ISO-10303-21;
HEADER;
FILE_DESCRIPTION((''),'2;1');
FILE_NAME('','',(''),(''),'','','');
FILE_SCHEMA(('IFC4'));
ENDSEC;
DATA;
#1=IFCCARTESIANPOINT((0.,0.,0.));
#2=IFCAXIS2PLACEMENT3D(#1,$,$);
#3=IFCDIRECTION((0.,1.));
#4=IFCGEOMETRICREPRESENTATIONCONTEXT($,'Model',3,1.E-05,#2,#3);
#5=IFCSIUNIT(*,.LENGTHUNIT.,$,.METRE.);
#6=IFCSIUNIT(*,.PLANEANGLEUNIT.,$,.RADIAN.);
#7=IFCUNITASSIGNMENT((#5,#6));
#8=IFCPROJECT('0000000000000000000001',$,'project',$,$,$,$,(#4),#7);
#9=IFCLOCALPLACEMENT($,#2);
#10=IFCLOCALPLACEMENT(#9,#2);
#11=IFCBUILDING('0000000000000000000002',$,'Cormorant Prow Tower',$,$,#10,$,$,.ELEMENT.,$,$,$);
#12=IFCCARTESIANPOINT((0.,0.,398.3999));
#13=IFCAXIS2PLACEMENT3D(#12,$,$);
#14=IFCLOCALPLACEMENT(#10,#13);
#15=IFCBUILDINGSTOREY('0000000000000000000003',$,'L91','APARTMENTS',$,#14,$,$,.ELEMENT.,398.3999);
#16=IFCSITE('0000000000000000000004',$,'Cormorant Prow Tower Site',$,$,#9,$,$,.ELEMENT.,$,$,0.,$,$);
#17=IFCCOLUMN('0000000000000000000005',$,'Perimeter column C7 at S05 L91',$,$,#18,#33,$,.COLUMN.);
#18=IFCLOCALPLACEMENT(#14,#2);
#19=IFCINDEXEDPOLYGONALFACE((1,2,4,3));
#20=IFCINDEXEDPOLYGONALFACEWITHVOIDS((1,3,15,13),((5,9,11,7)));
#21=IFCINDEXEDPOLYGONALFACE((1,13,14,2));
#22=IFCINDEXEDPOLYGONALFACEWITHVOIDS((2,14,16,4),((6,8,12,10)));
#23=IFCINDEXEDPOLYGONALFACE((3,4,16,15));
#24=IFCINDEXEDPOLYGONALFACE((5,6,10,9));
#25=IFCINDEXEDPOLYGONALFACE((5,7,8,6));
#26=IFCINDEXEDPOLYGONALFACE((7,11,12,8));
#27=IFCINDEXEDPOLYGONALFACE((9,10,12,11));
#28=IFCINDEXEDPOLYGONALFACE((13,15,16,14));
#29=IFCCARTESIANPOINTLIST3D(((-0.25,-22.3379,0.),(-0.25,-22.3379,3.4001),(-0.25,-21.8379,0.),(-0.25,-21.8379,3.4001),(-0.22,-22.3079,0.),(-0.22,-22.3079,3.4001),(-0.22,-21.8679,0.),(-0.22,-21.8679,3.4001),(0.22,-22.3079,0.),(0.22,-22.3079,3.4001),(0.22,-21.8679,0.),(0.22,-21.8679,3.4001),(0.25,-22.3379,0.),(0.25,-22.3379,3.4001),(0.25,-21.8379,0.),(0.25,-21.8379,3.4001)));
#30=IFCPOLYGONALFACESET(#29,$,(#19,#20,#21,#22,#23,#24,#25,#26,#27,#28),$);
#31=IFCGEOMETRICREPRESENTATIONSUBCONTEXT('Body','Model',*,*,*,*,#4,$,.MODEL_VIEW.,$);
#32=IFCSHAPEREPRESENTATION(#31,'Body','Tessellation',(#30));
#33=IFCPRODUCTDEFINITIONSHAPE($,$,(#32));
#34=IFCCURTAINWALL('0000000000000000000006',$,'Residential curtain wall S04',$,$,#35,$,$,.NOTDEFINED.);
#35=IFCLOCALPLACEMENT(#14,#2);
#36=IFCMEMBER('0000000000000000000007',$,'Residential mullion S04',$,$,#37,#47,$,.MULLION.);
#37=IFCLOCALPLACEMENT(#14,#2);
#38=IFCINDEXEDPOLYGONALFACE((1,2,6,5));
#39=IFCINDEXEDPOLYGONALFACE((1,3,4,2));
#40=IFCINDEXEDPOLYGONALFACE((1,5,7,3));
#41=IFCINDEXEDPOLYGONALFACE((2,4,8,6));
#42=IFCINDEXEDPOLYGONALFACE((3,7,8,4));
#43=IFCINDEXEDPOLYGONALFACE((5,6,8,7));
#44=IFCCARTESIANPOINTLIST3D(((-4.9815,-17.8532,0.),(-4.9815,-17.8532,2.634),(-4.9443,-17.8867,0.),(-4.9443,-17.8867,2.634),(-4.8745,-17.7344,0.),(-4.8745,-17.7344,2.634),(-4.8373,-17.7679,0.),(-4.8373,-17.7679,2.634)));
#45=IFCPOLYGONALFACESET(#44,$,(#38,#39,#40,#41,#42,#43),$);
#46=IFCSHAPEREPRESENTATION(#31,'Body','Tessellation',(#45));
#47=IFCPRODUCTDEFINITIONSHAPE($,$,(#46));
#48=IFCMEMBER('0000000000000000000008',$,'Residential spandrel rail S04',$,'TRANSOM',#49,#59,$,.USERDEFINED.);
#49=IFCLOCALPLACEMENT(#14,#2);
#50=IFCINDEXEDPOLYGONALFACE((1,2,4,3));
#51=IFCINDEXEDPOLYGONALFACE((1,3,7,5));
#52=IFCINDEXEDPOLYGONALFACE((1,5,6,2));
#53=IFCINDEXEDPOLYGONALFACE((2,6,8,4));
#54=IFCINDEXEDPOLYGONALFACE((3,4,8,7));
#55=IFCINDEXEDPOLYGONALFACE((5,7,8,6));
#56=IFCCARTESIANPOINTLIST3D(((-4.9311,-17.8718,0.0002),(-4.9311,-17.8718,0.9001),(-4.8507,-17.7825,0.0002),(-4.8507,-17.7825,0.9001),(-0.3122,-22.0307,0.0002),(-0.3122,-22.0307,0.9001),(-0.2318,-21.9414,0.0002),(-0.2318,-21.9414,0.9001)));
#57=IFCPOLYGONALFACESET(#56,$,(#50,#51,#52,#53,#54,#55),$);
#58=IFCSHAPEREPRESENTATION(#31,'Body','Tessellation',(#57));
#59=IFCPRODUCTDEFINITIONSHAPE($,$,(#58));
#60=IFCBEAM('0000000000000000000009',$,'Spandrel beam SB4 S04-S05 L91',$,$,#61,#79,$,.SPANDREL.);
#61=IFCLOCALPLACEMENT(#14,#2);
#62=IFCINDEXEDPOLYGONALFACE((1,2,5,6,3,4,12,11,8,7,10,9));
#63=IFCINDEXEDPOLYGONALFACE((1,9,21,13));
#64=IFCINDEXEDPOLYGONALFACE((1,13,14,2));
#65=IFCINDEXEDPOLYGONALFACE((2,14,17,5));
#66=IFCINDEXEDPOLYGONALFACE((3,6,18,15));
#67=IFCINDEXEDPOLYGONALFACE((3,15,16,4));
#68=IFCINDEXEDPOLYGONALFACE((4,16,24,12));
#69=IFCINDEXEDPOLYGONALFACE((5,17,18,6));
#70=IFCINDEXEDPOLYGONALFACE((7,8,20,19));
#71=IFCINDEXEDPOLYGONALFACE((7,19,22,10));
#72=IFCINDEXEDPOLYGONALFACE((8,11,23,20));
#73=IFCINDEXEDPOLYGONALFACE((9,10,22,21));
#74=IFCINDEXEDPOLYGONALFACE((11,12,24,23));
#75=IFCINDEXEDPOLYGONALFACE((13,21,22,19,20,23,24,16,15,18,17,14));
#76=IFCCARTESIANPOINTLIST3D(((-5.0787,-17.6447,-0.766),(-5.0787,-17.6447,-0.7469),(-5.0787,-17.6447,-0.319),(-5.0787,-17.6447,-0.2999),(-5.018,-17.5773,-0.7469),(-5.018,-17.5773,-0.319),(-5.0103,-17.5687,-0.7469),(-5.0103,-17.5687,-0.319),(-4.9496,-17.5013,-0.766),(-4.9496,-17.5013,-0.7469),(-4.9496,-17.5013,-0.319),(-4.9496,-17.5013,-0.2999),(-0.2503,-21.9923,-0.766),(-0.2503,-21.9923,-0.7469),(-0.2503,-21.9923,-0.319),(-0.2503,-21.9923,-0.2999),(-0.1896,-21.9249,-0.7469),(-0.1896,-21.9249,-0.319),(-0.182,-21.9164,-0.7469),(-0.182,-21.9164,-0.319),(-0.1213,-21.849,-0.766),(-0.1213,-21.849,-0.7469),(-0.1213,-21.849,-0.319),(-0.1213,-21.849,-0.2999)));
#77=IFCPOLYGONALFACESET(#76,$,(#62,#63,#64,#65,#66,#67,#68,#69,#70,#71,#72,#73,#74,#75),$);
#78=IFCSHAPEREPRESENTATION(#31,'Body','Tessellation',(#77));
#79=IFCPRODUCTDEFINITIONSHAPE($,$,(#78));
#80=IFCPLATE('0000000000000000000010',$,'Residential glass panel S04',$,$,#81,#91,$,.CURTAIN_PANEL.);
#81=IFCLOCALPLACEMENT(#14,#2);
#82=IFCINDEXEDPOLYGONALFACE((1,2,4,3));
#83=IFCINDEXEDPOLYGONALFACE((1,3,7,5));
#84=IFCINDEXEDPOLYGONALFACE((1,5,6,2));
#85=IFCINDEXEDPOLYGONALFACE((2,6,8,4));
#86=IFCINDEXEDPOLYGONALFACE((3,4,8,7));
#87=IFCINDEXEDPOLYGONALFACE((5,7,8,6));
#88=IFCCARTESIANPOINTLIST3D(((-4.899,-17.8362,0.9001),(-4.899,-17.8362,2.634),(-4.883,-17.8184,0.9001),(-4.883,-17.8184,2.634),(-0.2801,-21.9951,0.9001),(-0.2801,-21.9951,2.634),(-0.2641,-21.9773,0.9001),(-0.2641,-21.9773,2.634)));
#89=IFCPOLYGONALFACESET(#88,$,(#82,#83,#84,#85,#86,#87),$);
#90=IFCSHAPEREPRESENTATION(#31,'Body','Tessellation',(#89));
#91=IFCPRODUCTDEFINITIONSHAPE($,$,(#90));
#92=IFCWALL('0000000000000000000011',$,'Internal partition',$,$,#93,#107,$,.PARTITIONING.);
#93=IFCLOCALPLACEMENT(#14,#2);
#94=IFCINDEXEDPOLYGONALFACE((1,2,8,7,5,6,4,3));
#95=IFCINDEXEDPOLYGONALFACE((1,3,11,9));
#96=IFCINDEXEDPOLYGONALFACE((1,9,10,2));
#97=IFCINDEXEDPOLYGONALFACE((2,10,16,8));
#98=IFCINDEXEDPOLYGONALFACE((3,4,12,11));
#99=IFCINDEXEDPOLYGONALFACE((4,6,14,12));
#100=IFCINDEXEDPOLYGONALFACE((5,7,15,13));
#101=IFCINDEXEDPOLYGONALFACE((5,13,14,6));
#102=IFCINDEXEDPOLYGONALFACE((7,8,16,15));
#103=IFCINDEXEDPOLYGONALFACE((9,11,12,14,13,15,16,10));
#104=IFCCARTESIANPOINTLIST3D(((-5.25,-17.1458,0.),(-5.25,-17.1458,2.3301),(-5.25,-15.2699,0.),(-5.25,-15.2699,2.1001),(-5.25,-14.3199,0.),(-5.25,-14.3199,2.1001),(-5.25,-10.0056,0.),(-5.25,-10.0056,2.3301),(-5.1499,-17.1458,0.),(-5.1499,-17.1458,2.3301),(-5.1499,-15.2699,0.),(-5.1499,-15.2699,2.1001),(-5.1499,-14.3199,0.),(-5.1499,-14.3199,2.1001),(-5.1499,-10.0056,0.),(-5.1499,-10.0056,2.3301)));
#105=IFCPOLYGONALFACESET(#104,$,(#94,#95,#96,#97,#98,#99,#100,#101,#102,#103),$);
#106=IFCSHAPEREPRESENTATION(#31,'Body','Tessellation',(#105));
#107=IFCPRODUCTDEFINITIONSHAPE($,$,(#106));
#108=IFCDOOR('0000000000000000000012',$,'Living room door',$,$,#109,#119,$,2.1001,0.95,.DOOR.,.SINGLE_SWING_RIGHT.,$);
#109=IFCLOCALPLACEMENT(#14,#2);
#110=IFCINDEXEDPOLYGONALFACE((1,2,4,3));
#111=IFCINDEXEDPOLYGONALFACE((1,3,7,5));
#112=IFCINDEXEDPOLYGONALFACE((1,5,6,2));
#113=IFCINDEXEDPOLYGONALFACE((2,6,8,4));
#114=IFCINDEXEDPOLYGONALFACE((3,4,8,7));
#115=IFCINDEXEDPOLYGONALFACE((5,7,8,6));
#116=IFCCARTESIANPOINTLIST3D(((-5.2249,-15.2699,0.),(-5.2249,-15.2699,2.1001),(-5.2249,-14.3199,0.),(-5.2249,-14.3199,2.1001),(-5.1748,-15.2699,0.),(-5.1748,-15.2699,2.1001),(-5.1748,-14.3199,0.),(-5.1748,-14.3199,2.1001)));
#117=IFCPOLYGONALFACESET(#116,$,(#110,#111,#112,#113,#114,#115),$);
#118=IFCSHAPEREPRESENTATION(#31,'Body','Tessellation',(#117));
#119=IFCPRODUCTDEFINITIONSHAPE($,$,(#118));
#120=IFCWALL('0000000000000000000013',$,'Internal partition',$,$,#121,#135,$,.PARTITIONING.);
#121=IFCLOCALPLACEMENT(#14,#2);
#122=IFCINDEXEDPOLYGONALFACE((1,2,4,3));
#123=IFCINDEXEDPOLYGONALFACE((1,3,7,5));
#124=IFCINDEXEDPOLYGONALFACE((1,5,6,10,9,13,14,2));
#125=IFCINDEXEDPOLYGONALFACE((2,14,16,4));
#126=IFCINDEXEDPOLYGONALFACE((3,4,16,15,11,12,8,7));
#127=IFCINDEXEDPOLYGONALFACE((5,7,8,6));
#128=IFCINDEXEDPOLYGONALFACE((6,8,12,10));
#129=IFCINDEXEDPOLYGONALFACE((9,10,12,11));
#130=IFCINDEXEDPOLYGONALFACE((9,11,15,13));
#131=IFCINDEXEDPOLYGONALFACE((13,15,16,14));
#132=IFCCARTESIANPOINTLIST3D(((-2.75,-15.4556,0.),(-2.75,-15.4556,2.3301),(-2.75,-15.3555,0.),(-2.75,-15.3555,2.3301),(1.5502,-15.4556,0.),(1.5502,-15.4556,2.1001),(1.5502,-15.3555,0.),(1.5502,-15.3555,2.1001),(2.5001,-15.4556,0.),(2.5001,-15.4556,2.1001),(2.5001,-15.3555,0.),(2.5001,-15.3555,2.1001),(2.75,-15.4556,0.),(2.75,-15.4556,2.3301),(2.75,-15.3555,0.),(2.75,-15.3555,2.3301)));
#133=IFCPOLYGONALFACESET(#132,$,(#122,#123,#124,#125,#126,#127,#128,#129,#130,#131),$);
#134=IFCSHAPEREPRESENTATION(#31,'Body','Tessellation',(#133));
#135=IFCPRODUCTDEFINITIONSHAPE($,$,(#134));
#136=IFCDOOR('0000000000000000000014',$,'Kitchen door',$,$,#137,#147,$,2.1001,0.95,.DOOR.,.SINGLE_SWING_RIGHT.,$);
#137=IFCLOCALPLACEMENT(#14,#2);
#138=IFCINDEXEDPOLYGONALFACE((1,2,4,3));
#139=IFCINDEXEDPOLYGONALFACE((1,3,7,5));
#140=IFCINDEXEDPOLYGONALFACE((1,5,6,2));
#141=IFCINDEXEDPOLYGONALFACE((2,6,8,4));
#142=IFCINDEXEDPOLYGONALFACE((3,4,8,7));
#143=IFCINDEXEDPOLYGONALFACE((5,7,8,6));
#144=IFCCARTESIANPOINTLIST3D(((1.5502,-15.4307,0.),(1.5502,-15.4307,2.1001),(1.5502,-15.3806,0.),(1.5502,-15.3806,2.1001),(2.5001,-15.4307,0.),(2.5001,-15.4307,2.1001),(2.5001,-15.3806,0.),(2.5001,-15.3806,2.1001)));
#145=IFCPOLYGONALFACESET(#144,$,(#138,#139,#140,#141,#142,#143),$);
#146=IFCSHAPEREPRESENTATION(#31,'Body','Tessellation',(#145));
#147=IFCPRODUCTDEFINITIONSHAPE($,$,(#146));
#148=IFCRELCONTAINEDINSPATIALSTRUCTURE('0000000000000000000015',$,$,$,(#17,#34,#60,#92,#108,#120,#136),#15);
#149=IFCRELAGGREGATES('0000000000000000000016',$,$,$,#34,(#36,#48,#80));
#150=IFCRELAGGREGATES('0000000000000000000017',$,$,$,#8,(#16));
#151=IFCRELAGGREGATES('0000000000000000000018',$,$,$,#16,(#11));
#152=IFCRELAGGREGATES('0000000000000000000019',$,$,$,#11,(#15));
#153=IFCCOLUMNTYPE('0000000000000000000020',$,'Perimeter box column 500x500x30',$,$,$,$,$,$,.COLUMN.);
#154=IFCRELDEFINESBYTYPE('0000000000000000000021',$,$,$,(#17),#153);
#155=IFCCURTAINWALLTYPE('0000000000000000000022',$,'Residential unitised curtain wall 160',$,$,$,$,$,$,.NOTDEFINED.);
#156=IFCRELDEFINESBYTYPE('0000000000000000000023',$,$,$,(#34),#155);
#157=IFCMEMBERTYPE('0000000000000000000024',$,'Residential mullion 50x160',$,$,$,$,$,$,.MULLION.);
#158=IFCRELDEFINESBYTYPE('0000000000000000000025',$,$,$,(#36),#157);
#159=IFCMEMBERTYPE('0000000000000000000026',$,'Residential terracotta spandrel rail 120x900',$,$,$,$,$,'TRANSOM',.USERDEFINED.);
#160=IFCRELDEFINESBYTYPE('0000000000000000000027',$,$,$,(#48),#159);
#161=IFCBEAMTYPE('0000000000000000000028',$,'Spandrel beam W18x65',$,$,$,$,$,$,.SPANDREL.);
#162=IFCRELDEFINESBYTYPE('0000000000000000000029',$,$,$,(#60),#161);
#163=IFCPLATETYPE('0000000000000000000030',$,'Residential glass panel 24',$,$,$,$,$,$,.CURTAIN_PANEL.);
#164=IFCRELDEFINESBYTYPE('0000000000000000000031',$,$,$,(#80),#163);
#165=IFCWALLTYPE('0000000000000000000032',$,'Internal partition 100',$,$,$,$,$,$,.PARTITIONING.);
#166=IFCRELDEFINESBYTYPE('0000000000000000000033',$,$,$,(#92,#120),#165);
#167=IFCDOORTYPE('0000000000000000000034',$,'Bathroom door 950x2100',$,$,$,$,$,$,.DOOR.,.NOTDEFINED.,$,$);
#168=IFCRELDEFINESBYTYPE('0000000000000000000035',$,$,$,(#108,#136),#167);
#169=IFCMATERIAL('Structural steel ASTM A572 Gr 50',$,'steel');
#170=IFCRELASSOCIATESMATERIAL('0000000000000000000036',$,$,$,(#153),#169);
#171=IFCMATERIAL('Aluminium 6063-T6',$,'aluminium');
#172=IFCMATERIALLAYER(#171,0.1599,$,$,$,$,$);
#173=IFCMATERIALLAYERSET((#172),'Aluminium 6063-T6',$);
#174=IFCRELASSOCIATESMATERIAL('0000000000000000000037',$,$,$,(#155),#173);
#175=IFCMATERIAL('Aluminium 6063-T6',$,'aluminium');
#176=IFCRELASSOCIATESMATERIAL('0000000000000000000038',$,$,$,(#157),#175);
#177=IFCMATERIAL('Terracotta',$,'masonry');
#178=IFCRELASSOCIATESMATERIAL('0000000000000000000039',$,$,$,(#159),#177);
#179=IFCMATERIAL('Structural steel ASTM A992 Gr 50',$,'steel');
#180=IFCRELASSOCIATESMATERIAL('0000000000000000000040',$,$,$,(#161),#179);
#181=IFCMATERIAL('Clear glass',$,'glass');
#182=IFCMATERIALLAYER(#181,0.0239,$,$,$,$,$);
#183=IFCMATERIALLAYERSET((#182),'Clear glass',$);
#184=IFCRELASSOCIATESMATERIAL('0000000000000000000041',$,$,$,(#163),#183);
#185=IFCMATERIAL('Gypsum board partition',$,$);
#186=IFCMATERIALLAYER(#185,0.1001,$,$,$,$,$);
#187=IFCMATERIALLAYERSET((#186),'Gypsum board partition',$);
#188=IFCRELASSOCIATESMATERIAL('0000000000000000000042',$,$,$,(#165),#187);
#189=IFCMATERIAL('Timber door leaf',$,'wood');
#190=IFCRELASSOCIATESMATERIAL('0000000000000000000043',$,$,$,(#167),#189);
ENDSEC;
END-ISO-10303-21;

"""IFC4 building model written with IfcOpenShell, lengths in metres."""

from ifc_helpers import new_model, si_unit, direction, frame, frame_2d, origin, origin_2d, place, context, subcontext, project, spatial, rectangle, hollow_rectangle, i_section, extrude, material, layer, layer_set, material_profile, profile_set, type_object, element, fill, aggregate, save


model = new_model("IFC4")

# Units and contexts
model_context = context("Model", 3, precision=1e-05, world=origin(), true_north=direction((0.0, 1.0)))
body_context = subcontext(model_context, "Body", "Model", "MODEL_VIEW")
ifc_project = project(units=[si_unit("LENGTHUNIT", "METRE"), si_unit("PLANEANGLEUNIT", "RADIAN")], contexts=[model_context])

# Site, building, storey
site_placement = place(None, origin())
site = spatial("IfcSite", under=ifc_project, at=site_placement, Name="Cormorant Prow Tower Site", CompositionType="ELEMENT", RefElevation=0.0)
building_placement = place(site_placement, origin())
building = spatial("IfcBuilding", under=site, at=building_placement, Name="Cormorant Prow Tower", CompositionType="ELEMENT")
storey_placement = place(building_placement, frame((0.0, 0.0, 398.3999)))
storey = spatial("IfcBuildingStorey", under=building, at=storey_placement, Name="L91", Description="APARTMENTS", CompositionType="ELEMENT", Elevation=398.3999)

# Column
ifc_material_1 = material(Name="Structural steel ASTM A572 Gr 50", Category="steel")
ifc_material_profile_1 = material_profile(ifc_material_1, hollow_rectangle(XDim=0.5, YDim=0.5, WallThickness=0.03, at=origin_2d()), Name="Box 500x500x30")
ifc_profile_set_1 = profile_set([ifc_material_profile_1], Name="Structural steel ASTM A572 Gr 50")
column_type = type_object("IfcColumnType", Name="Perimeter box column 500x500x30", PredefinedType="COLUMN", material=ifc_profile_set_1)
column_placement = place(storey_placement, frame((0.0, -22.0879, 0.0), z_axis=(0.0, 0.0, 1.0), x_axis=(1.0, 0.0, 0.0)))
element("IfcColumn", 1, at=column_placement, inside=storey, type_object=column_type, Name="Perimeter column C7 at S05 L91", PredefinedType="COLUMN", context=body_context, shape_type="SweptSolid", body=[
    extrude(hollow_rectangle(XDim=0.5, YDim=0.5, WallThickness=0.03, at=origin_2d()), origin(), (0.0, 0.0, 1.0), 3.4001),
])

# Curtain wall, members
ifc_material_2 = material(Name="Aluminium 6063-T6", Category="aluminium")
ifc_layer_1 = layer(ifc_material_2, 0.1599)
ifc_layer_set_1 = layer_set([ifc_layer_1], Name="Aluminium 6063-T6")
curtain_wall_type = type_object("IfcCurtainWallType", Name="Residential unitised curtain wall 160", PredefinedType="NOTDEFINED", material=ifc_layer_set_1)
curtain_wall_placement = place(storey_placement, origin())
curtain_wall = element("IfcCurtainWall", 2, at=curtain_wall_placement, inside=storey, type_object=curtain_wall_type, Name="Residential curtain wall S04", PredefinedType="NOTDEFINED")
ifc_material_3 = material(Name="Aluminium 6063-T6", Category="aluminium")
ifc_material_profile_2 = material_profile(ifc_material_3, rectangle(XDim=0.1599, YDim=0.05, at=origin_2d()), Name="Residential mullion 50x160")
ifc_profile_set_2 = profile_set([ifc_material_profile_2], Name="Aluminium 6063-T6")
member_type_1 = type_object("IfcMemberType", Name="Residential mullion 50x160", PredefinedType="MULLION", material=ifc_profile_set_2)
member_1_placement = place(storey_placement, frame((-4.9094, -17.8105, 0.0), z_axis=(0.0, 0.0, 1.0), x_axis=(0.669131, 0.743145, 0.0)))
member_1 = element("IfcMember", 3, at=member_1_placement, type_object=member_type_1, Name="Residential mullion S04", PredefinedType="MULLION", context=body_context, shape_type="SweptSolid", body=[
    extrude(rectangle(XDim=0.1599, YDim=0.05, at=origin_2d()), origin(), (0.0, 0.0, 1.0), 2.634),
])
ifc_material_4 = material(Name="Terracotta", Category="masonry")
ifc_material_profile_3 = material_profile(ifc_material_4, rectangle(XDim=0.1201, YDim=0.8999, at=origin_2d()), Name="Residential terracotta spandrel rail 120x900")
ifc_profile_set_3 = profile_set([ifc_material_profile_3], Name="Terracotta")
member_type_2 = type_object("IfcMemberType", Name="Residential terracotta spandrel rail 120x900", ElementType="TRANSOM", PredefinedType="USERDEFINED", material=ifc_profile_set_3)
member_2_placement = place(storey_placement, frame((-4.8909, -17.8271, 0.4502), z_axis=(0.74314, -0.669136, 0.0), x_axis=(0.669136, 0.74314, 0.0)))
member_2 = element("IfcMember", 4, at=member_2_placement, type_object=member_type_2, Name="Residential spandrel rail S04", ObjectType="TRANSOM", PredefinedType="USERDEFINED", context=body_context, shape_type="SweptSolid", body=[
    extrude(rectangle(XDim=0.1201, YDim=0.8999, at=origin_2d()), origin(), (0.0, 0.0, 1.0), 6.2153),
])

# Beam
ifc_material_5 = material(Name="Structural steel ASTM A992 Gr 50", Category="steel")
ifc_material_profile_4 = material_profile(ifc_material_5, i_section(OverallWidth=0.1929, OverallDepth=0.4661, WebThickness=0.0115, FlangeThickness=0.019, at=origin_2d()), Name="W18x65")
ifc_profile_set_4 = profile_set([ifc_material_profile_4], Name="Structural steel ASTM A992 Gr 50")
beam_type = type_object("IfcBeamType", Name="Spandrel beam W18x65", PredefinedType="SPANDREL", material=ifc_profile_set_4)
beam_placement = place(storey_placement, frame((-5.0142, -17.573, -0.533), z_axis=(0.743132, -0.669145, 0.0), x_axis=(0.669145, 0.743132, 0.0)))
element("IfcBeam", 5, at=beam_placement, inside=storey, type_object=beam_type, Name="Spandrel beam SB4 S04-S05 L91", PredefinedType="SPANDREL", context=body_context, shape_type="SweptSolid", body=[
    extrude(i_section(OverallWidth=0.1929, OverallDepth=0.4661, WebThickness=0.0115, FlangeThickness=0.019, at=origin_2d()), origin(), (0.0, 0.0, 1.0), 6.4973),
])

# Plate
ifc_material_6 = material(Name="Clear glass", Category="glass")
ifc_layer_2 = layer(ifc_material_6, 0.0239)
ifc_layer_set_2 = layer_set([ifc_layer_2], Name="Clear glass")
plate_type = type_object("IfcPlateType", Name="Residential glass panel 24", PredefinedType="CURTAIN_PANEL", material=ifc_layer_set_2)
plate_placement = place(storey_placement, frame((-2.5815, -19.9067, 0.9001), z_axis=(0.0, 0.0, 1.0), x_axis=(0.743145, -0.669131, 0.0)))
plate = element("IfcPlate", 6, at=plate_placement, type_object=plate_type, Name="Residential glass panel S04", PredefinedType="CURTAIN_PANEL", context=body_context, shape_type="SweptSolid", body=[
    extrude(rectangle(XDim=6.2153, YDim=0.0239, at=origin_2d()), origin(), (0.0, 0.0, 1.0), 1.7339),
])
aggregate(curtain_wall, [member_1, member_2, plate])

# Walls, openings, doors
ifc_material_7 = material(Name="Gypsum board partition")
ifc_layer_3 = layer(ifc_material_7, 0.1001)
ifc_layer_set_3 = layer_set([ifc_layer_3], Name="Gypsum board partition")
wall_type = type_object("IfcWallType", Name="Internal partition 100", PredefinedType="PARTITIONING", material=ifc_layer_set_3)
wall_1_placement = place(storey_placement, frame((-5.2, -17.1458, 0.0), z_axis=(0.0, 0.0, 1.0), x_axis=(0.0, 1.0, 0.0)))
wall_1 = element("IfcWall", 7, at=wall_1_placement, inside=storey, type_object=wall_type, Name="Internal partition", PredefinedType="PARTITIONING", context=body_context, shape_type="SweptSolid", body=[
    extrude(rectangle(XDim=7.1401, YDim=0.1001, at=frame_2d((3.5701, 0.0))), origin(), (0.0, 0.0, 1.0), 2.3301),
])
opening_1_placement = place(wall_1_placement, frame((1.8757, 0.0, 0.0)))
opening_1 = element("IfcOpeningElement", 8, at=opening_1_placement, cuts=wall_1, PredefinedType="OPENING", context=body_context, shape_type="SweptSolid", body=[
    extrude(rectangle(XDim=0.95, YDim=2.1001, at=frame_2d((0.4751, 1.05))), frame((0.0, 0.0601, 0.0), z_axis=(0.0, -1.0, 0.0), x_axis=(1.0, 0.0, 0.0)), (0.0, 0.0, 1.0), 0.1201),
])
ifc_material_8 = material(Name="Timber door leaf", Category="wood")
door_type = type_object("IfcDoorType", Name="Bathroom door 950x2100", OperationType="NOTDEFINED", PredefinedType="DOOR", material=ifc_material_8)
door_1_placement = place(opening_1_placement, origin())
door_1 = element("IfcDoor", 9, at=door_1_placement, inside=storey, type_object=door_type, Name="Living room door", OperationType="SINGLE_SWING_RIGHT", OverallHeight=2.1001, OverallWidth=0.95, PredefinedType="DOOR", context=body_context, shape_type="SweptSolid", body=[
    extrude(rectangle(XDim=0.95, YDim=2.1001, at=frame_2d((0.4751, 1.05))), frame((0.0, 0.0249, 0.0), z_axis=(0.0, -1.0, 0.0), x_axis=(1.0, 0.0, 0.0)), (0.0, 0.0, 1.0), 0.05),
])
fill(opening_1, door_1)
wall_2_placement = place(storey_placement, frame((-2.75, -15.4055, 0.0), z_axis=(0.0, 0.0, 1.0), x_axis=(1.0, 0.0, 0.0)))
wall_2 = element("IfcWall", 10, at=wall_2_placement, inside=storey, type_object=wall_type, Name="Internal partition", PredefinedType="PARTITIONING", context=body_context, shape_type="SweptSolid", body=[
    extrude(rectangle(XDim=5.5, YDim=0.1001, at=frame_2d((2.75, 0.0))), origin(), (0.0, 0.0, 1.0), 2.3301),
])
opening_2_placement = place(wall_2_placement, frame((4.3, 0.0, 0.0)))
opening_2 = element("IfcOpeningElement", 11, at=opening_2_placement, cuts=wall_2, PredefinedType="OPENING", context=body_context, shape_type="SweptSolid", body=[
    extrude(rectangle(XDim=0.95, YDim=2.1001, at=frame_2d((0.4751, 1.05))), frame((0.0, 0.0601, 0.0), z_axis=(0.0, -1.0, 0.0), x_axis=(1.0, 0.0, 0.0)), (0.0, 0.0, 1.0), 0.1201),
])
door_2_placement = place(opening_2_placement, origin())
door_2 = element("IfcDoor", 12, at=door_2_placement, inside=storey, type_object=door_type, Name="Kitchen door", OperationType="SINGLE_SWING_RIGHT", OverallHeight=2.1001, OverallWidth=0.95, PredefinedType="DOOR", context=body_context, shape_type="SweptSolid", body=[
    extrude(rectangle(XDim=0.95, YDim=2.1001, at=frame_2d((0.4751, 1.05))), frame((0.0, 0.0249, 0.0), z_axis=(0.0, -1.0, 0.0), x_axis=(1.0, 0.0, 0.0)), (0.0, 0.0, 1.0), 0.05),
])
fill(opening_2, door_2)

save(model, "model.ifc")
